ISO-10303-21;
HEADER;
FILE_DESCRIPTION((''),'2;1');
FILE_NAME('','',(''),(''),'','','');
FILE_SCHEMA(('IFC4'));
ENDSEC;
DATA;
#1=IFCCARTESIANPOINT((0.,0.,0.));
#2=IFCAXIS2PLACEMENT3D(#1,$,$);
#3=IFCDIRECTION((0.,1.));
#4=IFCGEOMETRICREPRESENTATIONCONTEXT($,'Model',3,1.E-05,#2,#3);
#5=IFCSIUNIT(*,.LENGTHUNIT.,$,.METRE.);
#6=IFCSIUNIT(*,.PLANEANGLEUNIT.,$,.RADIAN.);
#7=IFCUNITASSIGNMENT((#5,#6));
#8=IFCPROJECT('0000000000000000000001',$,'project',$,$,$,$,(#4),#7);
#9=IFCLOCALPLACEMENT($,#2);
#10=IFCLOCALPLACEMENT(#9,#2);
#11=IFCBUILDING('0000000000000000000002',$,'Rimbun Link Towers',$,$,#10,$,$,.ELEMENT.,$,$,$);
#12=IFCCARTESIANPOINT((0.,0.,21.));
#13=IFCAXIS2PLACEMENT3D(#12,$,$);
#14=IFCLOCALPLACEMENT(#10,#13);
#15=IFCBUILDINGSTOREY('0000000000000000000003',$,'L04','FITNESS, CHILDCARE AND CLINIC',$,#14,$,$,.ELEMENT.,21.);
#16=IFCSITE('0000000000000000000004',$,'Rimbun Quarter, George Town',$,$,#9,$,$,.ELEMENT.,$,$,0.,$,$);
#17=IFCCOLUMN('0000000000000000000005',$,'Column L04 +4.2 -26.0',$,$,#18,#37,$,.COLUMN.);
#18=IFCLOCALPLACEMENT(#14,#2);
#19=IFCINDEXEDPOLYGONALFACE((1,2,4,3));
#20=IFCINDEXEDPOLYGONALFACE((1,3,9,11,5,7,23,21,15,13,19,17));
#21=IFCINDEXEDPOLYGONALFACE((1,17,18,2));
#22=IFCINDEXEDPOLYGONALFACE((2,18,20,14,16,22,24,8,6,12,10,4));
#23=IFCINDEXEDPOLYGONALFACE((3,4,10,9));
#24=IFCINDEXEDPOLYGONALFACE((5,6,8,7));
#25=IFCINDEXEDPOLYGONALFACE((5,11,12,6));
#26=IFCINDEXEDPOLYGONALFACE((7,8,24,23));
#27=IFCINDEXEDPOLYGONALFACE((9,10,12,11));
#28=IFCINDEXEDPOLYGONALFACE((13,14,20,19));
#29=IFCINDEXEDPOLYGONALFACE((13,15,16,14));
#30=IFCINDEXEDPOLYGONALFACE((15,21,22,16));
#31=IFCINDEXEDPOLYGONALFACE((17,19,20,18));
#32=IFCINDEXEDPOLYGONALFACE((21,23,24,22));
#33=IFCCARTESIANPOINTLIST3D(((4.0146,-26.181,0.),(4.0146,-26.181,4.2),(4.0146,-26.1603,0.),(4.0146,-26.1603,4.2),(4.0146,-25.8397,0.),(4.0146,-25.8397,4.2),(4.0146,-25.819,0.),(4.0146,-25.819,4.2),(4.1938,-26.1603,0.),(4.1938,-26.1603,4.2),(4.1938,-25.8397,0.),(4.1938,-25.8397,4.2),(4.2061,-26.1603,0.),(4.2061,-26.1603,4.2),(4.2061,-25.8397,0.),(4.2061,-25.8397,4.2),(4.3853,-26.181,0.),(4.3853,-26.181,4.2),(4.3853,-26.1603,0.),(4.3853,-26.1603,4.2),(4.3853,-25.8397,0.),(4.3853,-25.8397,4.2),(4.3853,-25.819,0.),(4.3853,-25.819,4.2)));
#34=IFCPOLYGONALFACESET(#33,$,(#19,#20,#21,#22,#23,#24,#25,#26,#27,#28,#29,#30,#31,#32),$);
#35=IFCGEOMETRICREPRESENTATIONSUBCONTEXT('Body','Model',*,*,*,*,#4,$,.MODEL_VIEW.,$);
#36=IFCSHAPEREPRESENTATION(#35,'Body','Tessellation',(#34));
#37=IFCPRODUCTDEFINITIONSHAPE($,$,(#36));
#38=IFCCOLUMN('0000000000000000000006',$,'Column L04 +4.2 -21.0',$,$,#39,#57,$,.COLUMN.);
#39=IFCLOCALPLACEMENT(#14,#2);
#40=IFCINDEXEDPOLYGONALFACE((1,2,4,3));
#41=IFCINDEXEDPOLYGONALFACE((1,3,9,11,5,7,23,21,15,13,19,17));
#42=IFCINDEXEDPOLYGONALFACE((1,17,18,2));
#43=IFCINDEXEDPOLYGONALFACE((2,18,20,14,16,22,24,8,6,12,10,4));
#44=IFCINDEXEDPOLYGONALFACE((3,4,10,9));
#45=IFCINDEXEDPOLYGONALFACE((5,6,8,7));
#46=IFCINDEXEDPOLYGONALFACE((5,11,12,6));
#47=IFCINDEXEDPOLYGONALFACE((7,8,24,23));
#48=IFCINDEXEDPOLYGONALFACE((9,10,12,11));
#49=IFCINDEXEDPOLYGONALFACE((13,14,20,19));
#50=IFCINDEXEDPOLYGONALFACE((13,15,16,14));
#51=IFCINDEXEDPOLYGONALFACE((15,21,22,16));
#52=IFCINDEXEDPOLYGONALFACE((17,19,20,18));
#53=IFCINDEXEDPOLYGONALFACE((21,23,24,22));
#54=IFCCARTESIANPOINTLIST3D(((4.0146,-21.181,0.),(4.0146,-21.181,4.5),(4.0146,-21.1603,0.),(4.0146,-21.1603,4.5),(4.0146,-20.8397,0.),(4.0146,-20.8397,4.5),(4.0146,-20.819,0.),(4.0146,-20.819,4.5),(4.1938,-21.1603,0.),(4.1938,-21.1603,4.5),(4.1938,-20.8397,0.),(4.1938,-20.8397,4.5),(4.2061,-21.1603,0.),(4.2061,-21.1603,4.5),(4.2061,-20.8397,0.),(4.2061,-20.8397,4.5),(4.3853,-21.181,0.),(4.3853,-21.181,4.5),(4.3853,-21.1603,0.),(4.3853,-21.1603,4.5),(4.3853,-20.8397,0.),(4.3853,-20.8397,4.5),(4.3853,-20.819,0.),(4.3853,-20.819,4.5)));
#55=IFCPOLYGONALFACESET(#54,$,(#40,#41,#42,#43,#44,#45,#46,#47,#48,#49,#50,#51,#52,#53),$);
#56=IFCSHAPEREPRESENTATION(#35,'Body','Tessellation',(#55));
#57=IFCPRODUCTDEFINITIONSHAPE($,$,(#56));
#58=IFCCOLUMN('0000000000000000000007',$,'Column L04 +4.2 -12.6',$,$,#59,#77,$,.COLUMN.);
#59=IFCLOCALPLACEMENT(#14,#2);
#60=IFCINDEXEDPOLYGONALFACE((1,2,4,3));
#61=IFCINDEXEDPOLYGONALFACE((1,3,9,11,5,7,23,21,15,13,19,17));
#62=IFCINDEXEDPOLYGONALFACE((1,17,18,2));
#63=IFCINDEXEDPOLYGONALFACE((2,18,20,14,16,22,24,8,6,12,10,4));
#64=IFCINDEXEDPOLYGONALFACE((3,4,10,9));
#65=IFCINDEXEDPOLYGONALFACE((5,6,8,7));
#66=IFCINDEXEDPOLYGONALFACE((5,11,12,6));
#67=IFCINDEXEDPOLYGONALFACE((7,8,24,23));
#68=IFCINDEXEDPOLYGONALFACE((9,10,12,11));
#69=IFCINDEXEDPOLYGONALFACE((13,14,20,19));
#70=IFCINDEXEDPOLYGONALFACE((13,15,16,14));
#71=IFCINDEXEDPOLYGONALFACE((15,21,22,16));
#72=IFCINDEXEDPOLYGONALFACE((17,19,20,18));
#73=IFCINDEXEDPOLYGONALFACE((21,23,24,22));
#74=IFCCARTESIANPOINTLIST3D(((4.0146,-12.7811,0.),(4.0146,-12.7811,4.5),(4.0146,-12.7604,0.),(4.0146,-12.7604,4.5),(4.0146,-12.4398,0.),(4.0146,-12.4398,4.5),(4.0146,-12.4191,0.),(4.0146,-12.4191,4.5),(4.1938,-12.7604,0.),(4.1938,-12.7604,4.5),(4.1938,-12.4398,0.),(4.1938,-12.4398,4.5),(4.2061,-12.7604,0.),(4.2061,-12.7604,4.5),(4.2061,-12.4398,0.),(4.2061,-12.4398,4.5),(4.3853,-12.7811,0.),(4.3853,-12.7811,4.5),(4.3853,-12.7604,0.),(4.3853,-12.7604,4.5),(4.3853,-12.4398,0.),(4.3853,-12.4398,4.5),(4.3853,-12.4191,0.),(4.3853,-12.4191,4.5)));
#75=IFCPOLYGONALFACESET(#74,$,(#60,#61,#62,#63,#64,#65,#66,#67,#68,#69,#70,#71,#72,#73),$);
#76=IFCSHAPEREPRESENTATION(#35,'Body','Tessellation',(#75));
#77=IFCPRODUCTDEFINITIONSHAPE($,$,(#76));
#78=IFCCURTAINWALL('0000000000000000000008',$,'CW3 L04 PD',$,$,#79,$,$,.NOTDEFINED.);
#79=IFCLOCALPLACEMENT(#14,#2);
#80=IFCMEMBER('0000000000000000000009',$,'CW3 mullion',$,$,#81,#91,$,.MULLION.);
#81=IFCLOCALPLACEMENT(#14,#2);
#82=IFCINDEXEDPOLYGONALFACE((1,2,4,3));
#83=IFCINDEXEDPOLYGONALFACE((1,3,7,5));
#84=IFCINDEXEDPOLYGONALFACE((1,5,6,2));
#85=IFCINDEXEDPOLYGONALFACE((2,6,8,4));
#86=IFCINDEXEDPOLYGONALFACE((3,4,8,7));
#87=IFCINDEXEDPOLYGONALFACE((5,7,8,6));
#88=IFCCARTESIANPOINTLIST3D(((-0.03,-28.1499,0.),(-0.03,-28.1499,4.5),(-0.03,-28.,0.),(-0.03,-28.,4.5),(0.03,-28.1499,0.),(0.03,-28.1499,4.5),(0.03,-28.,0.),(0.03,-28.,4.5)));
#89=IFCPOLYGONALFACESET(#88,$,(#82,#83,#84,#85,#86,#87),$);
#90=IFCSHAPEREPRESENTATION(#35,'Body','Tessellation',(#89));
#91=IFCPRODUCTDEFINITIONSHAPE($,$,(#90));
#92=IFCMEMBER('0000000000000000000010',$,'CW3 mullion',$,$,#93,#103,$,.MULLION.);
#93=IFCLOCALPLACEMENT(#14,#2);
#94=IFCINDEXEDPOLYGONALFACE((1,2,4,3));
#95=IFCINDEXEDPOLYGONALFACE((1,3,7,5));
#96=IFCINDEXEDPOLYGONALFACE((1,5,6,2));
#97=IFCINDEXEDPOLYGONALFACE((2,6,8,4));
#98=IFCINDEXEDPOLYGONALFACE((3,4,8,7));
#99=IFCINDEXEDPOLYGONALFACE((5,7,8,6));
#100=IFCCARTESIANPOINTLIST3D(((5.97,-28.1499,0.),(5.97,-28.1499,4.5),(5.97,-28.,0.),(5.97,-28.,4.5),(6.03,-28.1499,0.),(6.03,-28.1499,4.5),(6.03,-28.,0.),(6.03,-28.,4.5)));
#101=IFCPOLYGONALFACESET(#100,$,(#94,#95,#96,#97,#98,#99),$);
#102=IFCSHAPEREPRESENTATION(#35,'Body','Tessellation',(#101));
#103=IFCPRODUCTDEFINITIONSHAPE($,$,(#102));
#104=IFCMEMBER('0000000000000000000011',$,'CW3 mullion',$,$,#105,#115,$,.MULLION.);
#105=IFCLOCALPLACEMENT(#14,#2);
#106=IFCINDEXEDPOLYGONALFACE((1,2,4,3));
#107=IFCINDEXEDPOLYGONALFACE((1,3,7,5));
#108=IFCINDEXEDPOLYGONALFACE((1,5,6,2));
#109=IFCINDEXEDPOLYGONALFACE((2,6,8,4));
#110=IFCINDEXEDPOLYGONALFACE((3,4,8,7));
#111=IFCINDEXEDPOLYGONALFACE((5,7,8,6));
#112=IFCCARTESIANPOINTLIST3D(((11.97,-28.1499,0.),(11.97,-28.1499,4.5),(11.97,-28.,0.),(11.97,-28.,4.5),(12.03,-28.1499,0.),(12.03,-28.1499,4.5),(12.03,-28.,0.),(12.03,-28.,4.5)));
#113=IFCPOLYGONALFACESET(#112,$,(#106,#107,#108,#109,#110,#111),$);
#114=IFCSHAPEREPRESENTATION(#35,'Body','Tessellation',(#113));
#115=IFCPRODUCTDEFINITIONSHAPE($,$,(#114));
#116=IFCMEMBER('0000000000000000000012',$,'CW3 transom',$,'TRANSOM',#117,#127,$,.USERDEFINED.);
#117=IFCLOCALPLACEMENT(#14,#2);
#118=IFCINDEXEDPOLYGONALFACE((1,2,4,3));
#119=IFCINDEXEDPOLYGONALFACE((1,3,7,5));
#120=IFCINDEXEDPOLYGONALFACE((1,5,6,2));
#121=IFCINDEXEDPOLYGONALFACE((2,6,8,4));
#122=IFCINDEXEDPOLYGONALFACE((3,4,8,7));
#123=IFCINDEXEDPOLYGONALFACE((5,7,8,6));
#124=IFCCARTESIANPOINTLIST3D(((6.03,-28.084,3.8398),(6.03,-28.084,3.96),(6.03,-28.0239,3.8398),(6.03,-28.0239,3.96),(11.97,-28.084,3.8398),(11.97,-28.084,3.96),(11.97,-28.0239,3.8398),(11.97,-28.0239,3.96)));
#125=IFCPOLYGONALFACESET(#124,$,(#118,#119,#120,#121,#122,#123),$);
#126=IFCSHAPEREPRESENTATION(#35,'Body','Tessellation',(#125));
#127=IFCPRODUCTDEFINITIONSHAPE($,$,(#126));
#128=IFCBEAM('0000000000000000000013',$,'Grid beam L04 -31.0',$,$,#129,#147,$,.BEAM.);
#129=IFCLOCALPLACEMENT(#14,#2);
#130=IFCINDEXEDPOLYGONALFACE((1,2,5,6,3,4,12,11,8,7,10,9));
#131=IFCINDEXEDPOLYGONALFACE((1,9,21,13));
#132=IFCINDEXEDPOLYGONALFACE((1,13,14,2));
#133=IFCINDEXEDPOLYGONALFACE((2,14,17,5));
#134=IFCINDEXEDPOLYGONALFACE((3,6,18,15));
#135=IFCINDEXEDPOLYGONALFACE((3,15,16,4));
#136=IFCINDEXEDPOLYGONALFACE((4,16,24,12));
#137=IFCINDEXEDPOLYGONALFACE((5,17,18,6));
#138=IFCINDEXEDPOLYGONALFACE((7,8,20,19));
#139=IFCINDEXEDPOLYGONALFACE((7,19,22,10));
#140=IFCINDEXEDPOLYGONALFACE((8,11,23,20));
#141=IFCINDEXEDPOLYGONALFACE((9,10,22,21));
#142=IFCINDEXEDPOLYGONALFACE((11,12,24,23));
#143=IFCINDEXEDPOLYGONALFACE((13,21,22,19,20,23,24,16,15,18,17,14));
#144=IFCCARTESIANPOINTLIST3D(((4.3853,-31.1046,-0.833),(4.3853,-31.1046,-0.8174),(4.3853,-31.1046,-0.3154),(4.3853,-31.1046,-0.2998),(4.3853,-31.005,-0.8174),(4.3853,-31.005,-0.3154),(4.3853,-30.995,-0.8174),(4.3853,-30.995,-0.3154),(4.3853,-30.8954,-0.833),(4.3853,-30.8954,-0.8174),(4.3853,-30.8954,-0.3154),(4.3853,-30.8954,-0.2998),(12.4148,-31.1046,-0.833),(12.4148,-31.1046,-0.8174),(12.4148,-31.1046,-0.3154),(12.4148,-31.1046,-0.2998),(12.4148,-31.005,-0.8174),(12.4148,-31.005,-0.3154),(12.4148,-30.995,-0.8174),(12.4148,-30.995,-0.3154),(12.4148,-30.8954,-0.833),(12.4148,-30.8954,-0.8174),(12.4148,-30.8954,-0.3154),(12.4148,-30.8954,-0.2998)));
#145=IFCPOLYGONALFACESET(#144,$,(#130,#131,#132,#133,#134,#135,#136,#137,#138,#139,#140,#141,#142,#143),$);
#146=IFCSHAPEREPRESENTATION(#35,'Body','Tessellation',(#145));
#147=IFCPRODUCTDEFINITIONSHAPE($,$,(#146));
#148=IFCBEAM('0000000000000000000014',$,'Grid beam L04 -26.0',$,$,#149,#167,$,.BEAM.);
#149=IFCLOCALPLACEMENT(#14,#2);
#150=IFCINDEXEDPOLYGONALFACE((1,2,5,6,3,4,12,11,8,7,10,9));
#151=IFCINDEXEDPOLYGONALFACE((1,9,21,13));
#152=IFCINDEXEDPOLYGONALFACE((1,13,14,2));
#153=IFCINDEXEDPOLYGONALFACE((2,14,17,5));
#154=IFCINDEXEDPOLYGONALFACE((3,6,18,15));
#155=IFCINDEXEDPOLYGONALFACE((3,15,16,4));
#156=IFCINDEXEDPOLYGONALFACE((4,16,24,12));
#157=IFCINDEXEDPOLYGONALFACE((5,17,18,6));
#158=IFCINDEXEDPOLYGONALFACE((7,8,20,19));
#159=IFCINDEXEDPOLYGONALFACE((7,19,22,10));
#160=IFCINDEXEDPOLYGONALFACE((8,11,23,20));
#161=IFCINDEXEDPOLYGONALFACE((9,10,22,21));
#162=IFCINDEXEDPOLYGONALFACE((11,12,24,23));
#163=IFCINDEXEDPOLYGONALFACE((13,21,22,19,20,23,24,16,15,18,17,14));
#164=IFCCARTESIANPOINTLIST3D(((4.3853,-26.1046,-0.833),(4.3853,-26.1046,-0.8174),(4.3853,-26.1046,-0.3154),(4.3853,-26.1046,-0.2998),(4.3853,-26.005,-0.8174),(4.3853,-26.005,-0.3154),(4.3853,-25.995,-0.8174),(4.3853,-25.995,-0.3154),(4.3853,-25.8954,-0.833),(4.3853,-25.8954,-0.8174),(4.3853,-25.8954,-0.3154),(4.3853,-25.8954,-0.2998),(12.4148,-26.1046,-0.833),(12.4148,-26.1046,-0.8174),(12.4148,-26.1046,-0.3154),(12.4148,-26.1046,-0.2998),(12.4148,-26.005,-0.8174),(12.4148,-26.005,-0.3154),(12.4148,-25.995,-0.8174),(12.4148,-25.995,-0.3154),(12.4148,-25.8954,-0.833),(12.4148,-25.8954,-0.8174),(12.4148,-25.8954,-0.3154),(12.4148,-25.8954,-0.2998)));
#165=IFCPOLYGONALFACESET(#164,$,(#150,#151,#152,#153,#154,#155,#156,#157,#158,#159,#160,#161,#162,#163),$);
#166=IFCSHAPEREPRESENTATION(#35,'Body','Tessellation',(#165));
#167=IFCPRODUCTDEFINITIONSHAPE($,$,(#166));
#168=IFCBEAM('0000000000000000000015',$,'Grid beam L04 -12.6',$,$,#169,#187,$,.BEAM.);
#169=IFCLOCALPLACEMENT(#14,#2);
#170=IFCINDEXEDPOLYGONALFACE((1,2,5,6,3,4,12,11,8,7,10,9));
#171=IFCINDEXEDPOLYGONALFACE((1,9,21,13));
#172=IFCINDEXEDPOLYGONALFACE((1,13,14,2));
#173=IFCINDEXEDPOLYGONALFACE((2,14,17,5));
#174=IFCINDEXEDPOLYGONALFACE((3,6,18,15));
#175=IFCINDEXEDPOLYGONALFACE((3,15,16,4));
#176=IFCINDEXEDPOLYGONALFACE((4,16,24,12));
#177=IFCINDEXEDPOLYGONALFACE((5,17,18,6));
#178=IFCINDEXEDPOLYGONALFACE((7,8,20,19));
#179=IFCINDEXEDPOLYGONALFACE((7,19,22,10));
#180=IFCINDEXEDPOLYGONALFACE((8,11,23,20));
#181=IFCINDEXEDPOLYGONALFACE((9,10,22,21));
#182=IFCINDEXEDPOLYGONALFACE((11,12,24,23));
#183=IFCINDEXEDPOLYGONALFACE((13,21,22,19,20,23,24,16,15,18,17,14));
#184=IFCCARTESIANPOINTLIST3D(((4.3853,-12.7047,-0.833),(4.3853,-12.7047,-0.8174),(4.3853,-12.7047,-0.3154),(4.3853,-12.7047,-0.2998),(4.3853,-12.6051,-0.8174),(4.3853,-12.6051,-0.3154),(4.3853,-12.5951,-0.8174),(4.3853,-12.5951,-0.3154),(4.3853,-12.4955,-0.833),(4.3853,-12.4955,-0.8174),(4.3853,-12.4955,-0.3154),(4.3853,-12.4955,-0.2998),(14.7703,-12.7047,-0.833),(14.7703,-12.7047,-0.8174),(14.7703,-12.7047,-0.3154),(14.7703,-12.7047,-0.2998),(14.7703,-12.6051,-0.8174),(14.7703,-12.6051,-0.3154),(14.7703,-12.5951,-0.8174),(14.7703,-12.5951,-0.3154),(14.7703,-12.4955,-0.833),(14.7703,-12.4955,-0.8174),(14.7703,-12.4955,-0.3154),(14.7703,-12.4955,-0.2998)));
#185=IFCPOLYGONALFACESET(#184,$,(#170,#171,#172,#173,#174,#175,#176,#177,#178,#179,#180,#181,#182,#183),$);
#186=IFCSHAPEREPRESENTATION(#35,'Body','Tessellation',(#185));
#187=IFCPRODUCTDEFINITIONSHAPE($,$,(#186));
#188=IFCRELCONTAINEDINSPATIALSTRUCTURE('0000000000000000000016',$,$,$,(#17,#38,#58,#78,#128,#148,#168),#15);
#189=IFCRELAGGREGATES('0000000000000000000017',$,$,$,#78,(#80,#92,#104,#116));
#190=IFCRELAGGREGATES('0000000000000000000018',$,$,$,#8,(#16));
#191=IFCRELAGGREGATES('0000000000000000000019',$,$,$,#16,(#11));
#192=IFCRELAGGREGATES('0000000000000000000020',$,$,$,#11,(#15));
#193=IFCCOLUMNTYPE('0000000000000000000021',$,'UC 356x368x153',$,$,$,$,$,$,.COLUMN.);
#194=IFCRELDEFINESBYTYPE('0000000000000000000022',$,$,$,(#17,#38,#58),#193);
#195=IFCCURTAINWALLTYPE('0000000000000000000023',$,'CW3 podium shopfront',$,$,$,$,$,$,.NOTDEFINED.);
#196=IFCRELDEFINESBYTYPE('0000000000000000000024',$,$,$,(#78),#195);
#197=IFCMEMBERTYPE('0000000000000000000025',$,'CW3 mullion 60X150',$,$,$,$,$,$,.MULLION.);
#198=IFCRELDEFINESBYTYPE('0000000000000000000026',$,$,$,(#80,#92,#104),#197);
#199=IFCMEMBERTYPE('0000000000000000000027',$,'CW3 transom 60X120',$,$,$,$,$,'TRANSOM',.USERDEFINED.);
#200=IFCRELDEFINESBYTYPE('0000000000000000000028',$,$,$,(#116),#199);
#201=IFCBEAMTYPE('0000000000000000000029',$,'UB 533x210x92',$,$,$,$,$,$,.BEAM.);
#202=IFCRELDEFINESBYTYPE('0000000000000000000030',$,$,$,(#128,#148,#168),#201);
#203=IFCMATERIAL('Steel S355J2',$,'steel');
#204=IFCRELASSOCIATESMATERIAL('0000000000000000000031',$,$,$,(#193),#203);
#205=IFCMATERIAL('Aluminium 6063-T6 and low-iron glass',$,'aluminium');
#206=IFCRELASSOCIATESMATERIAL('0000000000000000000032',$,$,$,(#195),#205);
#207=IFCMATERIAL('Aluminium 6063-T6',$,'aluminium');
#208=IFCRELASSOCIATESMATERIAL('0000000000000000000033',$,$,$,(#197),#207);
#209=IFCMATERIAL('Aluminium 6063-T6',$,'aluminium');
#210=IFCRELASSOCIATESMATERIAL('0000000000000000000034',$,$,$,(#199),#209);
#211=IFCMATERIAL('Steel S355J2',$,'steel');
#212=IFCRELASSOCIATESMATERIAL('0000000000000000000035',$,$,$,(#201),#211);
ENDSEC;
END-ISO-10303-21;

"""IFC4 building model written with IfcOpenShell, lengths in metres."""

from ifc_helpers import new_model, si_unit, direction, frame, origin, origin_2d, place, context, subcontext, project, spatial, rectangle, i_section, extrude, material, material_profile, profile_set, type_object, element, aggregate, save


model = new_model("IFC4")

# Units and contexts
model_context = context("Model", 3, precision=1e-05, world=origin(), true_north=direction((0.0, 1.0)))
body_context = subcontext(model_context, "Body", "Model", "MODEL_VIEW")
ifc_project = project(units=[si_unit("LENGTHUNIT", "METRE"), si_unit("PLANEANGLEUNIT", "RADIAN")], contexts=[model_context])

# Site, building, storey
site_placement = place(None, origin())
site = spatial("IfcSite", under=ifc_project, at=site_placement, Name="Rimbun Quarter, George Town", CompositionType="ELEMENT", RefElevation=0.0)
building_placement = place(site_placement, origin())
building = spatial("IfcBuilding", under=site, at=building_placement, Name="Rimbun Link Towers", CompositionType="ELEMENT")
storey_placement = place(building_placement, frame((0.0, 0.0, 21.0)))
storey = spatial("IfcBuildingStorey", under=building, at=storey_placement, Name="L04", Description="FITNESS, CHILDCARE AND CLINIC", CompositionType="ELEMENT", Elevation=21.0)

# Columns
ifc_material_1 = material(Name="Steel S355J2", Category="steel")
ifc_material_profile_1 = material_profile(ifc_material_1, i_section(OverallWidth=0.3706, OverallDepth=0.3621, WebThickness=0.0122, FlangeThickness=0.0208, at=origin_2d()), Name="UC 356x368x153")
ifc_profile_set_1 = profile_set([ifc_material_profile_1], Name="Steel S355J2")
column_type = type_object("IfcColumnType", Name="UC 356x368x153", PredefinedType="COLUMN", material=ifc_profile_set_1)
column_placement = place(storey_placement, frame((4.2, -26.0, 0.0), z_axis=(0.0, 0.0, 1.0), x_axis=(1.0, 0.0, 0.0)))
element("IfcColumn", 1, at=column_placement, inside=storey, type_object=column_type, Name="Column L04 +4.2 -26.0", PredefinedType="COLUMN", context=body_context, shape_type="SweptSolid", body=[
    extrude(i_section(OverallWidth=0.3706, OverallDepth=0.3621, WebThickness=0.0122, FlangeThickness=0.0208, at=origin_2d()), origin(), (0.0, 0.0, 1.0), 4.2),
])
for number, where, z_axis, x_axis, name in (
    (2, (4.2, -21.0, 0.0), (0.0, 0.0, 1.0), (1.0, 0.0, 0.0), "Column L04 +4.2 -21.0"),
    (3, (4.2, -12.6001, 0.0), (0.0, 0.0, 1.0), (1.0, 0.0, 0.0), "Column L04 +4.2 -12.6"),
):
    element("IfcColumn", number, at=place(storey_placement, frame(where, z_axis=z_axis, x_axis=x_axis)), inside=storey, type_object=column_type, Name=name, PredefinedType="COLUMN", context=body_context, shape_type="SweptSolid", body=[
        extrude(i_section(OverallWidth=0.3706, OverallDepth=0.3621, WebThickness=0.0122, FlangeThickness=0.0208, at=origin_2d()), origin(), (0.0, 0.0, 1.0), 4.5),
    ])

# Curtain wall, members
ifc_material_2 = material(Name="Aluminium 6063-T6 and low-iron glass", Category="aluminium")
curtain_wall_type = type_object("IfcCurtainWallType", Name="CW3 podium shopfront", PredefinedType="NOTDEFINED", material=ifc_material_2)
curtain_wall_placement = place(storey_placement, origin())
curtain_wall = element("IfcCurtainWall", 4, at=curtain_wall_placement, inside=storey, type_object=curtain_wall_type, Name="CW3 L04 PD", PredefinedType="NOTDEFINED")
ifc_material_3 = material(Name="Aluminium 6063-T6", Category="aluminium")
ifc_material_profile_2 = material_profile(ifc_material_3, rectangle(XDim=0.1499, YDim=0.0601, at=origin_2d()), Name="MULLION 60X150")
ifc_profile_set_2 = profile_set([ifc_material_profile_2], Name="Aluminium 6063-T6")
member_type_1 = type_object("IfcMemberType", Name="CW3 mullion 60X150", PredefinedType="MULLION", material=ifc_profile_set_2)
member_1_placement = place(storey_placement, frame((0.0, -28.075, 0.0), z_axis=(0.0, 0.0, 1.0), x_axis=(0.0, -1.0, 0.0)))
member_1 = element("IfcMember", 5, at=member_1_placement, type_object=member_type_1, Name="CW3 mullion", PredefinedType="MULLION", context=body_context, shape_type="SweptSolid", body=[
    extrude(rectangle(XDim=0.1499, YDim=0.0601, at=origin_2d()), origin(), (0.0, 0.0, 1.0), 4.5),
])
member_2_placement = place(storey_placement, frame((6.0, -28.075, 0.0), z_axis=(0.0, 0.0, 1.0), x_axis=(0.0, -1.0, 0.0)))
member_2 = element("IfcMember", 6, at=member_2_placement, type_object=member_type_1, Name="CW3 mullion", PredefinedType="MULLION", context=body_context, shape_type="SweptSolid", body=[
    extrude(rectangle(XDim=0.1499, YDim=0.0601, at=origin_2d()), origin(), (0.0, 0.0, 1.0), 4.5),
])
member_3_placement = place(storey_placement, frame((12.0, -28.075, 0.0), z_axis=(0.0, 0.0, 1.0), x_axis=(0.0, -1.0, 0.0)))
member_3 = element("IfcMember", 7, at=member_3_placement, type_object=member_type_1, Name="CW3 mullion", PredefinedType="MULLION", context=body_context, shape_type="SweptSolid", body=[
    extrude(rectangle(XDim=0.1499, YDim=0.0601, at=origin_2d()), origin(), (0.0, 0.0, 1.0), 4.5),
])
ifc_material_4 = material(Name="Aluminium 6063-T6", Category="aluminium")
ifc_material_profile_3 = material_profile(ifc_material_4, rectangle(XDim=0.0601, YDim=0.1201, at=origin_2d()), Name="TRANSOM 60X120")
ifc_profile_set_3 = profile_set([ifc_material_profile_3], Name="Aluminium 6063-T6")
member_type_2 = type_object("IfcMemberType", Name="CW3 transom 60X120", ElementType="TRANSOM", PredefinedType="USERDEFINED", material=ifc_profile_set_3)
member_4_placement = place(storey_placement, frame((11.97, -28.054, 3.8999), z_axis=(-1.0, 0.0, 0.0), x_axis=(0.0, -1.0, 0.0)))
member_4 = element("IfcMember", 8, at=member_4_placement, type_object=member_type_2, Name="CW3 transom", ObjectType="TRANSOM", PredefinedType="USERDEFINED", context=body_context, shape_type="SweptSolid", body=[
    extrude(rectangle(XDim=0.0601, YDim=0.1201, at=origin_2d()), origin(), (0.0, 0.0, 1.0), 5.9399),
])

# Beams
ifc_material_5 = material(Name="Steel S355J2", Category="steel")
ifc_material_profile_4 = material_profile(ifc_material_5, i_section(OverallWidth=0.2092, OverallDepth=0.5332, WebThickness=0.01, FlangeThickness=0.0156, at=origin_2d()), Name="UB 533x210x92")
ifc_profile_set_4 = profile_set([ifc_material_profile_4], Name="Steel S355J2")
beam_type = type_object("IfcBeamType", Name="UB 533x210x92", PredefinedType="BEAM", material=ifc_profile_set_4)
for number, where, z_axis, x_axis, name in (
    (9, (4.3853, -31.0, -0.5664), (1.0, 0.0, 0.0), (0.0, 1.0, 0.0), "Grid beam L04 -31.0"),
    (10, (4.3853, -26.0, -0.5664), (1.0, 0.0, 0.0), (0.0, 1.0, 0.0), "Grid beam L04 -26.0"),
):
    element("IfcBeam", number, at=place(storey_placement, frame(where, z_axis=z_axis, x_axis=x_axis)), inside=storey, type_object=beam_type, Name=name, PredefinedType="BEAM", context=body_context, shape_type="SweptSolid", body=[
        extrude(i_section(OverallWidth=0.2092, OverallDepth=0.5332, WebThickness=0.01, FlangeThickness=0.0156, at=origin_2d()), origin(), (0.0, 0.0, 1.0), 8.0295),
    ])
beam_1_placement = place(storey_placement, frame((4.3853, -12.6001, -0.5664), z_axis=(1.0, 0.0, 0.0), x_axis=(0.0, 1.0, 0.0)))
element("IfcBeam", 11, at=beam_1_placement, inside=storey, type_object=beam_type, Name="Grid beam L04 -12.6", PredefinedType="BEAM", context=body_context, shape_type="SweptSolid", body=[
    extrude(i_section(OverallWidth=0.2092, OverallDepth=0.5332, WebThickness=0.01, FlangeThickness=0.0156, at=origin_2d()), origin(), (0.0, 0.0, 1.0), 10.385),
])

aggregate(curtain_wall, [member_1, member_2, member_3, member_4])

save(model, "model.ifc")
